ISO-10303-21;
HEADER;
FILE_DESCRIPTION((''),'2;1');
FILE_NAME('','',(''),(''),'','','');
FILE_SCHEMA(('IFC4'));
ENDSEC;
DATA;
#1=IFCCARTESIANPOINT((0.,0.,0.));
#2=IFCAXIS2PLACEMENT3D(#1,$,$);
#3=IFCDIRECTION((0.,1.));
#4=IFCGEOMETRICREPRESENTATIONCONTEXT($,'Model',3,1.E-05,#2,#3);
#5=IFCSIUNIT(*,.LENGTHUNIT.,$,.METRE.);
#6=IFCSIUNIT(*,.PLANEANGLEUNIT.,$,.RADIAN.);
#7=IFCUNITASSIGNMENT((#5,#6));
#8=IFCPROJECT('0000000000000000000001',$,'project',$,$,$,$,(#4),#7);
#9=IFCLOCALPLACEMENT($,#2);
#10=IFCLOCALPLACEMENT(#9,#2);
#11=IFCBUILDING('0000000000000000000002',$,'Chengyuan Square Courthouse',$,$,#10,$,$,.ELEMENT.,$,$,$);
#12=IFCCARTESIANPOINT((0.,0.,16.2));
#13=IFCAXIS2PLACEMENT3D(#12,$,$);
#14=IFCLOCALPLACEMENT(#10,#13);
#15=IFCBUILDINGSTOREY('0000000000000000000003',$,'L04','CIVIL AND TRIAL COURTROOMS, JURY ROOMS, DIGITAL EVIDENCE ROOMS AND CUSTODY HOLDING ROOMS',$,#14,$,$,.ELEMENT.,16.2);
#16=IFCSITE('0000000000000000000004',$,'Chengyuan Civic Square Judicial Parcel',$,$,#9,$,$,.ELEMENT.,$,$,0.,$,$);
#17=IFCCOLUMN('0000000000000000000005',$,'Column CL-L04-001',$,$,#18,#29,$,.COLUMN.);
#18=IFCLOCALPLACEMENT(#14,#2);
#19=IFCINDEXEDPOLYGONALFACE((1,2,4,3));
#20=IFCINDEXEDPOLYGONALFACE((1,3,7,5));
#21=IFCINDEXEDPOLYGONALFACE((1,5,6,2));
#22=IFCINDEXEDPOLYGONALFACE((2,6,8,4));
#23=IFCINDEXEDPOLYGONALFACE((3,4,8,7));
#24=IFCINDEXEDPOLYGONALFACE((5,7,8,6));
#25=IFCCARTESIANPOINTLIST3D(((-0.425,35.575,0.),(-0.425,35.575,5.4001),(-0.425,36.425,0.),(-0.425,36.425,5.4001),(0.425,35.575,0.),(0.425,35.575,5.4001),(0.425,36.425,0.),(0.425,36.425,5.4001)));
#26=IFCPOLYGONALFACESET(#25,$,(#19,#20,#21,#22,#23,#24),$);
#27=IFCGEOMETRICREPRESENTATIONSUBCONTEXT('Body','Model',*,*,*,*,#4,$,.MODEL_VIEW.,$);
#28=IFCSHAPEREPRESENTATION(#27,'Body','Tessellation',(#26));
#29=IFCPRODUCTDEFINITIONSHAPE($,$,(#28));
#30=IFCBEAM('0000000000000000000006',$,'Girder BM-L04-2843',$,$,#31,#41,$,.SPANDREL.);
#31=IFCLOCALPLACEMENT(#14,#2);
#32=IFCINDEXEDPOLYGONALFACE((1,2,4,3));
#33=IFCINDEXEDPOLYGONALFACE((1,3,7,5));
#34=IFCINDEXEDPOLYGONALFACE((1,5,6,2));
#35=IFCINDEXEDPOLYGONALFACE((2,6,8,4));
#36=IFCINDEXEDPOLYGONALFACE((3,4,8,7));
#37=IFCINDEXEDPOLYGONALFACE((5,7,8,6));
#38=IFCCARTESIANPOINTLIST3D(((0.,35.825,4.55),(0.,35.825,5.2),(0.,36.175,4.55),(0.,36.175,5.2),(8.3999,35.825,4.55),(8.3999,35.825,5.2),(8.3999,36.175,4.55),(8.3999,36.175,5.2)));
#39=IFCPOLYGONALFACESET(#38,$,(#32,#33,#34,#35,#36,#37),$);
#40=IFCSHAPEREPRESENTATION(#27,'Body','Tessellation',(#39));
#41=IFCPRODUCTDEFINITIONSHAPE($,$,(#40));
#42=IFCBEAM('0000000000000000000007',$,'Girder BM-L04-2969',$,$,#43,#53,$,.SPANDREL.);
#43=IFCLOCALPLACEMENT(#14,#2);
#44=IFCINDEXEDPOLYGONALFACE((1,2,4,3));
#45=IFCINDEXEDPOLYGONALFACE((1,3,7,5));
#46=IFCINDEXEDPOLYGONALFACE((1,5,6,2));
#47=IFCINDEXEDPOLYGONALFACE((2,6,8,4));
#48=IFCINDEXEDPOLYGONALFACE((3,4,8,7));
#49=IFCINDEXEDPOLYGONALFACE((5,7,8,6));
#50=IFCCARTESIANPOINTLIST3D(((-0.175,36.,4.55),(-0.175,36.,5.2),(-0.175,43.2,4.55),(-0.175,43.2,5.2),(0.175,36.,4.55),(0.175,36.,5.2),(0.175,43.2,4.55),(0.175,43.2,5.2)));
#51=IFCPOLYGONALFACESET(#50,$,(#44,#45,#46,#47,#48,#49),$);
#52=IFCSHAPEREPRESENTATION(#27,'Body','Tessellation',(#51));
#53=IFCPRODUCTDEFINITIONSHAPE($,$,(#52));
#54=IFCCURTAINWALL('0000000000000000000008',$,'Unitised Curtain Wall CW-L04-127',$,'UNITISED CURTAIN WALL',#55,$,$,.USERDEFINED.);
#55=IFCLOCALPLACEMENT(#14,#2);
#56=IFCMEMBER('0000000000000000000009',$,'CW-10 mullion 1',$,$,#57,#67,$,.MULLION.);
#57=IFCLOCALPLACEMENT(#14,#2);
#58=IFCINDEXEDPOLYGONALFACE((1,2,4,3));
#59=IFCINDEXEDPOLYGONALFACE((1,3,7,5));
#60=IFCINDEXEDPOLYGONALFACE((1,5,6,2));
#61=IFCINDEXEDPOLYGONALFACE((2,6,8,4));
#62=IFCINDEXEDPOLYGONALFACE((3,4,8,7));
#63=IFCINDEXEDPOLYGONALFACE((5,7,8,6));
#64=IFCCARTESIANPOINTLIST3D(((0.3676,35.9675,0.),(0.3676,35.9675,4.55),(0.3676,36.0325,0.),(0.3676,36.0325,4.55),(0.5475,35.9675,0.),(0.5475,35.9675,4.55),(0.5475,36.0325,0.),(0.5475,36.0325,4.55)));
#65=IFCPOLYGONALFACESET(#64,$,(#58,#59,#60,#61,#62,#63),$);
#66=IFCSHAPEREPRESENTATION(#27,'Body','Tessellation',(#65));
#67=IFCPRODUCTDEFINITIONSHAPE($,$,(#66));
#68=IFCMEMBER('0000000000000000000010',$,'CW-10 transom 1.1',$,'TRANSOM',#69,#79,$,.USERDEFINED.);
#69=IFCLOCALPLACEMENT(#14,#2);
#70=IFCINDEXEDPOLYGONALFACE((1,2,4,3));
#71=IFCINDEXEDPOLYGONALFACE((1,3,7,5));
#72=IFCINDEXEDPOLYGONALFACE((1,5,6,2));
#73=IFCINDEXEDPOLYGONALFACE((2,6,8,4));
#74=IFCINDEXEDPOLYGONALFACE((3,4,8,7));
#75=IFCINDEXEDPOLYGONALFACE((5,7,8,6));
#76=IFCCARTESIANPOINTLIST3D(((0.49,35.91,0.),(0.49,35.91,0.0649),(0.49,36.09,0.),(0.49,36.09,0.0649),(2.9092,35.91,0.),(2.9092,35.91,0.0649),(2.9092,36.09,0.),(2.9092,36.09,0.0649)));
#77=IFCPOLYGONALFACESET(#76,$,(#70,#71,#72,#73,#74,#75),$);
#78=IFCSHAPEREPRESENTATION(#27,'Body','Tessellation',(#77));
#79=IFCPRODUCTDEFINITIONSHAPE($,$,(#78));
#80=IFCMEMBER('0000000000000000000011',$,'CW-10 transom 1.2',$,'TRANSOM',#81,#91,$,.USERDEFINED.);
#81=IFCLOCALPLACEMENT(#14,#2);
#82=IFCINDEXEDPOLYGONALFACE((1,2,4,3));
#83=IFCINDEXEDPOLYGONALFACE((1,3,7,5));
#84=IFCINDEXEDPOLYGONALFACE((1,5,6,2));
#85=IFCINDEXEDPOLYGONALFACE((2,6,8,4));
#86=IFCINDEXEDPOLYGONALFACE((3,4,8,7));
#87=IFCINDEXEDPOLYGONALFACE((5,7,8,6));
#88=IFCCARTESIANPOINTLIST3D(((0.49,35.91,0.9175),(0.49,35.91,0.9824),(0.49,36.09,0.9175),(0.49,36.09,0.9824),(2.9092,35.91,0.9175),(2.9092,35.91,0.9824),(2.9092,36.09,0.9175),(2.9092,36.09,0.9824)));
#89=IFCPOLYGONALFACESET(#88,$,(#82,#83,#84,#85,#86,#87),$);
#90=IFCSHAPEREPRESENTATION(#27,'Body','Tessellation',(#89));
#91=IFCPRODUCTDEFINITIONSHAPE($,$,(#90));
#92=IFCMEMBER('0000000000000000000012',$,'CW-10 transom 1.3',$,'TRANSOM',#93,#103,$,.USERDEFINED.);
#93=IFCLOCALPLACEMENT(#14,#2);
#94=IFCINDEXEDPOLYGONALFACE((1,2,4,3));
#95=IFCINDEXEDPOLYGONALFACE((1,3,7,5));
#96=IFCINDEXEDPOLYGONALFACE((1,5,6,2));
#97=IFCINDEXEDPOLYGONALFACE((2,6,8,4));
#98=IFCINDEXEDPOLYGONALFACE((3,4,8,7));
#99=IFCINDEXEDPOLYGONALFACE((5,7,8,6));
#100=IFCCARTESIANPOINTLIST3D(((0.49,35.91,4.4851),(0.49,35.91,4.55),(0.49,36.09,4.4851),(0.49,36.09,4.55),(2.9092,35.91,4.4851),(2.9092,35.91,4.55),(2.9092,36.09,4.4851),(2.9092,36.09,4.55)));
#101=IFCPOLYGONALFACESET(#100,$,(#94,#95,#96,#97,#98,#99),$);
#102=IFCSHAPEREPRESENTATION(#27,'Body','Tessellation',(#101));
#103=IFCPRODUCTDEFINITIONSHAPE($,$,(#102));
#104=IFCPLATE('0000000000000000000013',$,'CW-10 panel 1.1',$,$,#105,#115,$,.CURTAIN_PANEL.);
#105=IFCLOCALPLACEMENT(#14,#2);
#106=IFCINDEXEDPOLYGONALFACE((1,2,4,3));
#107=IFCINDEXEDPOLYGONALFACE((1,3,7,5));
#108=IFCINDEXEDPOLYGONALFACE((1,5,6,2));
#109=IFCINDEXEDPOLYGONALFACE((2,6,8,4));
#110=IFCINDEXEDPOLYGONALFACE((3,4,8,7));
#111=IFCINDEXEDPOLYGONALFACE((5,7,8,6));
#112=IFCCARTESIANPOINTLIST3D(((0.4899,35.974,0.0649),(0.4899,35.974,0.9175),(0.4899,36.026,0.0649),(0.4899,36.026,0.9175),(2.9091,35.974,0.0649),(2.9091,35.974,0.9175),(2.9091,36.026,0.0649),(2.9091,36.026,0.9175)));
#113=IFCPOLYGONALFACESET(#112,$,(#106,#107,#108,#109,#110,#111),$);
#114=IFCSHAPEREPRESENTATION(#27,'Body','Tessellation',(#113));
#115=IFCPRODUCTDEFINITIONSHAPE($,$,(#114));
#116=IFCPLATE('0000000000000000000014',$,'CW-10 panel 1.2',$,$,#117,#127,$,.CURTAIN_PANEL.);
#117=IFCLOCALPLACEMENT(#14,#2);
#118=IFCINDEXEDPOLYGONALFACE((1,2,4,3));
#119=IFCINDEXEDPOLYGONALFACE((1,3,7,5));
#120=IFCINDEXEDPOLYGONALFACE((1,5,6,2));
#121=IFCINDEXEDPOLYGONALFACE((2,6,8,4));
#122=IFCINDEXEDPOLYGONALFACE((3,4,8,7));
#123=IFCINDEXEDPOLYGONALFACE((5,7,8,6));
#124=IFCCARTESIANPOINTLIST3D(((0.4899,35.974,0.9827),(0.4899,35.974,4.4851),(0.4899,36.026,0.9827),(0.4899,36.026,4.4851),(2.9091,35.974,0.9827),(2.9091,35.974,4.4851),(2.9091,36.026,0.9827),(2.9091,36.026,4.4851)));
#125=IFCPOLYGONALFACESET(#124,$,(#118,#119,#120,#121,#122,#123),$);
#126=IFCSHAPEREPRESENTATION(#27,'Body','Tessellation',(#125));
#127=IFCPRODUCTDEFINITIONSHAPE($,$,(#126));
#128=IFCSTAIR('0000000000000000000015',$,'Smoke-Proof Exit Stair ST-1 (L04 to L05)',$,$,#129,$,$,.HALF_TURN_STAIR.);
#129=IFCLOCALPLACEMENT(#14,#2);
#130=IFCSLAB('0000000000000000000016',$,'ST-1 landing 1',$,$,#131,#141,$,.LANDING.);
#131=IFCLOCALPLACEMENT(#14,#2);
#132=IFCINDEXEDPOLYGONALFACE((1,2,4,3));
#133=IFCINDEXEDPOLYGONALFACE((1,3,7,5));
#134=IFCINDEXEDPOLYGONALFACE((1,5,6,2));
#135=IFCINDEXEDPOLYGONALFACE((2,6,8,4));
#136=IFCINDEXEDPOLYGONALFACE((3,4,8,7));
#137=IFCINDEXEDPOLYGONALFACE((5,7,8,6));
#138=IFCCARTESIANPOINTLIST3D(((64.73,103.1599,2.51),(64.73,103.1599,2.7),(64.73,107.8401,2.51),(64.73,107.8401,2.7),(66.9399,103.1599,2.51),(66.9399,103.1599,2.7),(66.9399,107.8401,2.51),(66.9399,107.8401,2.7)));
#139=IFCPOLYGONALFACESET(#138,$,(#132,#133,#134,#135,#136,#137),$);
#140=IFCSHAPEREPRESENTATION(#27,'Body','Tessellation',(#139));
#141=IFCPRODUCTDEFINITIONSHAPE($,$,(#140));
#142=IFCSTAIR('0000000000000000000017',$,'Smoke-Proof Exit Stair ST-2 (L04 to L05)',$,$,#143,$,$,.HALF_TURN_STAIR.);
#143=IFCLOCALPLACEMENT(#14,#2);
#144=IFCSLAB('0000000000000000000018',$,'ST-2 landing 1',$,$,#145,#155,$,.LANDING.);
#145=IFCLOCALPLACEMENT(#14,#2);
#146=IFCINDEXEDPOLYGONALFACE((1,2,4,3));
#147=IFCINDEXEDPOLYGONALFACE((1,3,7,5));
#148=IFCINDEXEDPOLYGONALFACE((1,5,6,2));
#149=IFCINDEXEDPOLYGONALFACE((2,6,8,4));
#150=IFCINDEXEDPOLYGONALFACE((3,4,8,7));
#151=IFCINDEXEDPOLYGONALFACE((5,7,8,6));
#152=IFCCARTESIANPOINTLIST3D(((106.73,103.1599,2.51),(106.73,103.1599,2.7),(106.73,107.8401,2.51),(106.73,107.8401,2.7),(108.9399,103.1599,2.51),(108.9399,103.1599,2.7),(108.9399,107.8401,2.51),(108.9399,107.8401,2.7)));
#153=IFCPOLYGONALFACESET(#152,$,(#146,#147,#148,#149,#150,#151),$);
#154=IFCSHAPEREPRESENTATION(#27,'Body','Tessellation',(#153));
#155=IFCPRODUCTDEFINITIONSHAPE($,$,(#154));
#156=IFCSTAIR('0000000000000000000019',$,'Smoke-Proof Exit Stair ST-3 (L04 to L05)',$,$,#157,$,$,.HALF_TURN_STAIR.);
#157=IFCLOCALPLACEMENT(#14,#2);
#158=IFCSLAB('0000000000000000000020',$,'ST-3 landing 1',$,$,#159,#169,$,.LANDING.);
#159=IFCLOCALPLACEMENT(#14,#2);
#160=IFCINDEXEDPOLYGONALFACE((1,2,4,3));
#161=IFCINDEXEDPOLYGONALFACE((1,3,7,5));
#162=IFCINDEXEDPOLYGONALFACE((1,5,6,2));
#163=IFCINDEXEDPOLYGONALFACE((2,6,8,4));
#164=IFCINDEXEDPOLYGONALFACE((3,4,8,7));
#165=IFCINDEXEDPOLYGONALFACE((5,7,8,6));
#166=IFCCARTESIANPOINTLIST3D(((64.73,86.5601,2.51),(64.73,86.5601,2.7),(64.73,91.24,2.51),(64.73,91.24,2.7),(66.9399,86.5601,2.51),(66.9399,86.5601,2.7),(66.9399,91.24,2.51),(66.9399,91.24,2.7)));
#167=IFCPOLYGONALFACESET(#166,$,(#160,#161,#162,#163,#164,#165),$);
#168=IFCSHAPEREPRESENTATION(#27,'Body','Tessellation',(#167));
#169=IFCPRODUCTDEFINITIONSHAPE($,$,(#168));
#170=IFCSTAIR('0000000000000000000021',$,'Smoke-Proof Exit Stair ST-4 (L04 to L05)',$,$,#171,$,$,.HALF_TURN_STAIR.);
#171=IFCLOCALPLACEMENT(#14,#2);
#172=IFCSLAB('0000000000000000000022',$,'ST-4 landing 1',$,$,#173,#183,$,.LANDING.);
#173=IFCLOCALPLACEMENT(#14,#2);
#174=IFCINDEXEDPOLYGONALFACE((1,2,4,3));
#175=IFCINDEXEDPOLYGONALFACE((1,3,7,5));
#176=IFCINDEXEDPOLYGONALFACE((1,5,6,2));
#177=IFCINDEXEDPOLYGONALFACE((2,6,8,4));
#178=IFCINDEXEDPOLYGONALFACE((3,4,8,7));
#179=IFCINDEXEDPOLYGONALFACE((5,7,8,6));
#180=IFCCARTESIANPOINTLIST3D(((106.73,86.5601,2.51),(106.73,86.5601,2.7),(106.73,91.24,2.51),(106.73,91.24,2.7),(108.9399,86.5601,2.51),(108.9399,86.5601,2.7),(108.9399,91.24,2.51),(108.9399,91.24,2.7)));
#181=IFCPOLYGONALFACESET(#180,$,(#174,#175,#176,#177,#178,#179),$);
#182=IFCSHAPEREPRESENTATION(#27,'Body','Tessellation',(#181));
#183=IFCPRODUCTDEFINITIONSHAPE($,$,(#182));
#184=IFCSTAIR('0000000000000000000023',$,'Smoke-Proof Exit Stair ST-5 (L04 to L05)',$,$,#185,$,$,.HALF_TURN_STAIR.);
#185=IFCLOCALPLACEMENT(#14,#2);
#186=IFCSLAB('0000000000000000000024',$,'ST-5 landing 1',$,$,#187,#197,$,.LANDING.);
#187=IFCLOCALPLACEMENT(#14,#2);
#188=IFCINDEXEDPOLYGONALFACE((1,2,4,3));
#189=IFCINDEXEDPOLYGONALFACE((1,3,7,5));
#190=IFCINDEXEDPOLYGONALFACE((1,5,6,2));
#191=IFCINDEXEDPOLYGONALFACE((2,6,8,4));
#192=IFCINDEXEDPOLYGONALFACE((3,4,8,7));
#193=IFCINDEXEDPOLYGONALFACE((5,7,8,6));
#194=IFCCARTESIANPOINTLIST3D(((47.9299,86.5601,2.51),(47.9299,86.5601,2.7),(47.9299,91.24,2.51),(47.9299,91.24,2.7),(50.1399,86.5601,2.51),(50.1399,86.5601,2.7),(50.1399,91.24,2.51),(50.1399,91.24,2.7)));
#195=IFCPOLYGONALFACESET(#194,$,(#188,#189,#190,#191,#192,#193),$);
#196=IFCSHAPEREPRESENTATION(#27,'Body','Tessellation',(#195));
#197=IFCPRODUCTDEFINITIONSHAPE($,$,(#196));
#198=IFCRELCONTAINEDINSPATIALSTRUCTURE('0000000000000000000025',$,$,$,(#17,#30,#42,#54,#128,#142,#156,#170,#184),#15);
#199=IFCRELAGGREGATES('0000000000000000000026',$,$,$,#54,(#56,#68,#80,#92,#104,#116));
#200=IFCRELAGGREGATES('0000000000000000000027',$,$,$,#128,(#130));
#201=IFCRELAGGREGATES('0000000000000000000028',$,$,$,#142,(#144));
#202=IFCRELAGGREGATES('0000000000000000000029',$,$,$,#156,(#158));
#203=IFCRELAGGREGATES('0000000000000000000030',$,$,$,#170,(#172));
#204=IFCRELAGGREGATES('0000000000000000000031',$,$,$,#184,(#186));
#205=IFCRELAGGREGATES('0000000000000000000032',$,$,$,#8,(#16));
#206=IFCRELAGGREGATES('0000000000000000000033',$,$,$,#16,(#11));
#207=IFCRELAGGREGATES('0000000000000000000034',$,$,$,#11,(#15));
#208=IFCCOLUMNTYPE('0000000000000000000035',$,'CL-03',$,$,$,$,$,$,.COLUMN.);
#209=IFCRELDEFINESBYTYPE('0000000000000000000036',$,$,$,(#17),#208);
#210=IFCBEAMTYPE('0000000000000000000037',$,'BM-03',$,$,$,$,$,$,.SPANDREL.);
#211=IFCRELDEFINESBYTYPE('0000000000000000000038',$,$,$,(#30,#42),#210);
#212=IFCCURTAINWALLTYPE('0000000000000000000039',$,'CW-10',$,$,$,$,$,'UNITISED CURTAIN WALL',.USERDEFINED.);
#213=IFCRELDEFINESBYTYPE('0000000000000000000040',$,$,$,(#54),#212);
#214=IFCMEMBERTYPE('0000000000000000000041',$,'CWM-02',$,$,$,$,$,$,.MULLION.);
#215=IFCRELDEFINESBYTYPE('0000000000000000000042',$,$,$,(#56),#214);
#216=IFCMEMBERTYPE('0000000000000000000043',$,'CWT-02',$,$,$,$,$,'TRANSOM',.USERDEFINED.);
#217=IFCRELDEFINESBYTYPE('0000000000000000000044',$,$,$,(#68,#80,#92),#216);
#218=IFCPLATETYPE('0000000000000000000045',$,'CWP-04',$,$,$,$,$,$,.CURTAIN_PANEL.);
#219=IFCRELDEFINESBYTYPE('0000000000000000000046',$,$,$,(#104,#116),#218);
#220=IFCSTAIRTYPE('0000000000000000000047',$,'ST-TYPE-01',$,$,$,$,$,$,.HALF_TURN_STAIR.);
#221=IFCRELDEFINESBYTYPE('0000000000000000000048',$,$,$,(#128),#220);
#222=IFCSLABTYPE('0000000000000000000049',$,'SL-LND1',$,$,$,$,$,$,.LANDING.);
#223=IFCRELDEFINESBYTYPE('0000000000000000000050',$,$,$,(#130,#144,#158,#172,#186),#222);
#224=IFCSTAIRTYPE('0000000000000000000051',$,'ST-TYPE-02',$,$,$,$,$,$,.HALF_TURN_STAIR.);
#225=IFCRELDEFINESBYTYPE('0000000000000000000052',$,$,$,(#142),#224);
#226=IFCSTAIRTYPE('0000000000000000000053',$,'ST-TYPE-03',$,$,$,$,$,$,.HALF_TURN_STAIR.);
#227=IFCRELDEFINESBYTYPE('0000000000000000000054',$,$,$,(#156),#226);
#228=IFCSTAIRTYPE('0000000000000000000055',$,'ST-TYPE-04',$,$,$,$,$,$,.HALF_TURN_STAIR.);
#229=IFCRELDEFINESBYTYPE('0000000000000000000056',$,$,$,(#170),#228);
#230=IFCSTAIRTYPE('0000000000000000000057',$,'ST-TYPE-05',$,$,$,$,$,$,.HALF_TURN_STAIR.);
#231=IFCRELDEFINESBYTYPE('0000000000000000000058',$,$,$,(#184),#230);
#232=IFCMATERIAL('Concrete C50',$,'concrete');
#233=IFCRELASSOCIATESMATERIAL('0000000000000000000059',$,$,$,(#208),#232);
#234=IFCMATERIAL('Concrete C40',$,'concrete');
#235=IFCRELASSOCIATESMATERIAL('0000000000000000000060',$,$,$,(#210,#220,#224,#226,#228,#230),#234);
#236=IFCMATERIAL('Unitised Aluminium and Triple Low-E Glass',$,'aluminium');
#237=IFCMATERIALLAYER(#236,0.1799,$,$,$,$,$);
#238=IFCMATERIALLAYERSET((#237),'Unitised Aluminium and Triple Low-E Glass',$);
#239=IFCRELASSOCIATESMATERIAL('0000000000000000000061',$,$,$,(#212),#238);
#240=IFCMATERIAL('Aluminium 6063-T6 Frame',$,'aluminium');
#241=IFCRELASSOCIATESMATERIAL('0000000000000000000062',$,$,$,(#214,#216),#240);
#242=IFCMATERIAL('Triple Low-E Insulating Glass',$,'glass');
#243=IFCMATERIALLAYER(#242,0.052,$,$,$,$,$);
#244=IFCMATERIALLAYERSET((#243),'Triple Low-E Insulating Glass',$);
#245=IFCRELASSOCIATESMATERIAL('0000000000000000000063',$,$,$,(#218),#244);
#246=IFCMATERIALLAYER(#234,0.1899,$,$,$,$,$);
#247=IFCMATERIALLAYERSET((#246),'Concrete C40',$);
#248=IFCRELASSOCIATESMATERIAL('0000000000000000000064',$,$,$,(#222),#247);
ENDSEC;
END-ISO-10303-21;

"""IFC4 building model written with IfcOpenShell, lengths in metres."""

from ifc_helpers import new_model, si_unit, direction, frame, origin, origin_2d, place, context, subcontext, project, spatial, polyline, rectangle, outline, extrude, material, layer, layer_set, material_profile, profile_set, type_object, element, aggregate, save


model = new_model("IFC4")

# Units and contexts
model_context = context("Model", 3, precision=1e-05, world=origin(), true_north=direction((0.0, 1.0)))
body_context = subcontext(model_context, "Body", "Model", "MODEL_VIEW")
ifc_project = project(units=[si_unit("LENGTHUNIT", "METRE"), si_unit("PLANEANGLEUNIT", "RADIAN")], contexts=[model_context])

# Site, building, storey
site_placement = place(None, origin())
site = spatial("IfcSite", under=ifc_project, at=site_placement, Name="Chengyuan Civic Square Judicial Parcel", CompositionType="ELEMENT", RefElevation=0.0)
building_placement = place(site_placement, origin())
building = spatial("IfcBuilding", under=site, at=building_placement, Name="Chengyuan Square Courthouse", CompositionType="ELEMENT")
storey_placement = place(building_placement, frame((0.0, 0.0, 16.2)))
storey = spatial("IfcBuildingStorey", under=building, at=storey_placement, Name="L04", Description="CIVIL AND TRIAL COURTROOMS, JURY ROOMS, DIGITAL EVIDENCE ROOMS AND CUSTODY HOLDING ROOMS", CompositionType="ELEMENT", Elevation=16.2)

# Column
ifc_material_1 = material(Name="Concrete C50", Category="concrete")
ifc_material_profile_1 = material_profile(ifc_material_1, rectangle(XDim=0.8501, YDim=0.8501, at=origin_2d()), Name="RC-COL-850x850")
ifc_profile_set_1 = profile_set([ifc_material_profile_1], Name="Concrete C50")
column_type = type_object("IfcColumnType", Name="CL-03", PredefinedType="COLUMN", material=ifc_profile_set_1)
column_placement = place(storey_placement, frame((0.0, 36.0, 0.0), z_axis=(0.0, 0.0, 1.0), x_axis=(1.0, 0.0, 0.0)))
element("IfcColumn", 1, at=column_placement, inside=storey, type_object=column_type, Name="Column CL-L04-001", PredefinedType="COLUMN", context=body_context, shape_type="SweptSolid", body=[
    extrude(rectangle(XDim=0.8501, YDim=0.8501, at=origin_2d()), origin(), (0.0, 0.0, 1.0), 5.4001),
])

# Beams
ifc_material_2 = material(Name="Concrete C40", Category="concrete")
ifc_material_profile_2 = material_profile(ifc_material_2, rectangle(XDim=0.3501, YDim=0.6499, at=origin_2d()), Name="RC-BM-350x650")
ifc_profile_set_2 = profile_set([ifc_material_profile_2], Name="Concrete C40")
beam_type = type_object("IfcBeamType", Name="BM-03", PredefinedType="SPANDREL", material=ifc_profile_set_2)
beam_1_placement = place(storey_placement, frame((0.0, 36.0, 4.875), z_axis=(1.0, 0.0, 0.0), x_axis=(0.0, 1.0, 0.0)))
element("IfcBeam", 2, at=beam_1_placement, inside=storey, type_object=beam_type, Name="Girder BM-L04-2843", PredefinedType="SPANDREL", context=body_context, shape_type="SweptSolid", body=[
    extrude(rectangle(XDim=0.3501, YDim=0.6499, at=origin_2d()), origin(), (0.0, 0.0, 1.0), 8.3999),
])
beam_2_placement = place(storey_placement, frame((0.0, 36.0, 4.875), z_axis=(0.0, 1.0, 0.0), x_axis=(-1.0, 0.0, 0.0)))
element("IfcBeam", 3, at=beam_2_placement, inside=storey, type_object=beam_type, Name="Girder BM-L04-2969", PredefinedType="SPANDREL", context=body_context, shape_type="SweptSolid", body=[
    extrude(rectangle(XDim=0.3501, YDim=0.6499, at=origin_2d()), origin(), (0.0, 0.0, 1.0), 7.2),
])

# Curtain wall, members, plates
ifc_material_3 = material(Name="Unitised Aluminium and Triple Low-E Glass", Category="aluminium")
ifc_layer_1 = layer(ifc_material_3, 0.1799)
ifc_layer_set_1 = layer_set([ifc_layer_1], Name="Unitised Aluminium and Triple Low-E Glass")
curtain_wall_type = type_object("IfcCurtainWallType", Name="CW-10", ElementType="UNITISED CURTAIN WALL", PredefinedType="USERDEFINED", material=ifc_layer_set_1)
curtain_wall_placement = place(storey_placement, origin())
curtain_wall = element("IfcCurtainWall", 4, at=curtain_wall_placement, inside=storey, type_object=curtain_wall_type, Name="Unitised Curtain Wall CW-L04-127", ObjectType="UNITISED CURTAIN WALL", PredefinedType="USERDEFINED")
ifc_material_4 = material(Name="Aluminium 6063-T6 Frame", Category="aluminium")
ifc_material_profile_3 = material_profile(ifc_material_4, rectangle(XDim=0.0649, YDim=0.1799, at=origin_2d()), Name="CW-MUL-65x180")
ifc_profile_set_3 = profile_set([ifc_material_profile_3], Name="Aluminium 6063-T6 Frame")
member_type_1 = type_object("IfcMemberType", Name="CWM-02", PredefinedType="MULLION", material=ifc_profile_set_3)
member_1_placement = place(storey_placement, frame((0.4575, 36.0, 0.0), z_axis=(0.0, 0.0, 1.0), x_axis=(0.0, 1.0, 0.0)))
member_1 = element("IfcMember", 5, at=member_1_placement, type_object=member_type_1, Name="CW-10 mullion 1", PredefinedType="MULLION", context=body_context, shape_type="SweptSolid", body=[
    extrude(rectangle(XDim=0.0649, YDim=0.1799, at=origin_2d()), origin(), (0.0, 0.0, 1.0), 4.55),
])
ifc_material_profile_4 = material_profile(ifc_material_4, rectangle(XDim=0.1799, YDim=0.0649, at=origin_2d()), Name="CW-TRN-65x140")
ifc_profile_set_4 = profile_set([ifc_material_profile_4], Name="Aluminium 6063-T6 Frame")
member_type_2 = type_object("IfcMemberType", Name="CWT-02", ElementType="TRANSOM", PredefinedType="USERDEFINED", material=ifc_profile_set_4)
member_2_placement = place(storey_placement, frame((0.49, 36.0, 0.0325), z_axis=(1.0, 0.0, 0.0), x_axis=(0.0, 1.0, 0.0)))
member_2 = element("IfcMember", 6, at=member_2_placement, type_object=member_type_2, Name="CW-10 transom 1.1", ObjectType="TRANSOM", PredefinedType="USERDEFINED", context=body_context, shape_type="SweptSolid", body=[
    extrude(rectangle(XDim=0.1799, YDim=0.0649, at=origin_2d()), origin(), (0.0, 0.0, 1.0), 2.4192),
])
member_3_placement = place(storey_placement, frame((0.49, 36.0, 0.95), z_axis=(1.0, 0.0, 0.0), x_axis=(0.0, 1.0, 0.0)))
member_3 = element("IfcMember", 7, at=member_3_placement, type_object=member_type_2, Name="CW-10 transom 1.2", ObjectType="TRANSOM", PredefinedType="USERDEFINED", context=body_context, shape_type="SweptSolid", body=[
    extrude(rectangle(XDim=0.1799, YDim=0.0649, at=origin_2d()), origin(), (0.0, 0.0, 1.0), 2.4192),
])
member_4_placement = place(storey_placement, frame((0.49, 36.0, 4.5176), z_axis=(1.0, 0.0, 0.0), x_axis=(0.0, 1.0, 0.0)))
member_4 = element("IfcMember", 8, at=member_4_placement, type_object=member_type_2, Name="CW-10 transom 1.3", ObjectType="TRANSOM", PredefinedType="USERDEFINED", context=body_context, shape_type="SweptSolid", body=[
    extrude(rectangle(XDim=0.1799, YDim=0.0649, at=origin_2d()), origin(), (0.0, 0.0, 1.0), 2.4192),
])
ifc_material_5 = material(Name="Triple Low-E Insulating Glass", Category="glass")
ifc_layer_2 = layer(ifc_material_5, 0.052)
ifc_layer_set_2 = layer_set([ifc_layer_2], Name="Triple Low-E Insulating Glass")
plate_type = type_object("IfcPlateType", Name="CWP-04", PredefinedType="CURTAIN_PANEL", material=ifc_layer_set_2)
plate_1_placement = place(storey_placement, frame((1.6995, 36.0, 0.0649), z_axis=(0.0, 0.0, 1.0), x_axis=(1.0, 0.0, 0.0)))
plate_1 = element("IfcPlate", 9, at=plate_1_placement, type_object=plate_type, Name="CW-10 panel 1.1", PredefinedType="CURTAIN_PANEL", context=body_context, shape_type="SweptSolid", body=[
    extrude(rectangle(XDim=2.4192, YDim=0.052, at=origin_2d()), origin(), (0.0, 0.0, 1.0), 0.8525),
])
plate_2_placement = place(storey_placement, frame((1.6995, 36.0, 0.9827), z_axis=(0.0, 0.0, 1.0), x_axis=(1.0, 0.0, 0.0)))
plate_2 = element("IfcPlate", 10, at=plate_2_placement, type_object=plate_type, Name="CW-10 panel 1.2", PredefinedType="CURTAIN_PANEL", context=body_context, shape_type="SweptSolid", body=[
    extrude(rectangle(XDim=2.4192, YDim=0.052, at=origin_2d()), origin(), (0.0, 0.0, 1.0), 3.5024),
])
aggregate(curtain_wall, [member_1, member_2, member_3, member_4, plate_1, plate_2])

# Stairs, slabs
stair_type_1 = type_object("IfcStairType", Name="ST-TYPE-01", PredefinedType="HALF_TURN_STAIR", material=ifc_material_2)
stair_1_placement = place(storey_placement, origin())
stair_1 = element("IfcStair", 11, at=stair_1_placement, inside=storey, type_object=stair_type_1, Name="Smoke-Proof Exit Stair ST-1 (L04 to L05)", PredefinedType="HALF_TURN_STAIR")
ifc_layer_3 = layer(ifc_material_2, 0.1899)
ifc_layer_set_3 = layer_set([ifc_layer_3], Name="Concrete C40")
slab_type_1 = type_object("IfcSlabType", Name="SL-LND1", PredefinedType="LANDING", material=ifc_layer_set_3)
slab_1_placement = place(storey_placement, frame((0.0, 0.0, 2.51)))
slab_1 = element("IfcSlab", 12, at=slab_1_placement, type_object=slab_type_1, Name="ST-1 landing 1", PredefinedType="LANDING", context=body_context, shape_type="SweptSolid", body=[
    extrude(outline(polyline([(64.73, 103.1599), (66.9399, 103.1599), (66.9399, 107.8401), (64.73, 107.8401), (64.73, 103.1599)])), origin(), (0.0, 0.0, 1.0), 0.1899),
])
aggregate(stair_1, [slab_1])
stair_type_2 = type_object("IfcStairType", Name="ST-TYPE-02", PredefinedType="HALF_TURN_STAIR", material=ifc_material_2)
stair_2_placement = place(storey_placement, origin())
stair_2 = element("IfcStair", 13, at=stair_2_placement, inside=storey, type_object=stair_type_2, Name="Smoke-Proof Exit Stair ST-2 (L04 to L05)", PredefinedType="HALF_TURN_STAIR")
slab_2_placement = place(storey_placement, frame((0.0, 0.0, 2.51)))
slab_2 = element("IfcSlab", 14, at=slab_2_placement, type_object=slab_type_1, Name="ST-2 landing 1", PredefinedType="LANDING", context=body_context, shape_type="SweptSolid", body=[
    extrude(outline(polyline([(106.73, 103.1599), (108.9399, 103.1599), (108.9399, 107.8401), (106.73, 107.8401), (106.73, 103.1599)])), origin(), (0.0, 0.0, 1.0), 0.1899),
])
aggregate(stair_2, [slab_2])
stair_type_3 = type_object("IfcStairType", Name="ST-TYPE-03", PredefinedType="HALF_TURN_STAIR", material=ifc_material_2)
stair_3_placement = place(storey_placement, origin())
stair_3 = element("IfcStair", 15, at=stair_3_placement, inside=storey, type_object=stair_type_3, Name="Smoke-Proof Exit Stair ST-3 (L04 to L05)", PredefinedType="HALF_TURN_STAIR")
slab_3_placement = place(storey_placement, frame((0.0, 0.0, 2.51)))
slab_3 = element("IfcSlab", 16, at=slab_3_placement, type_object=slab_type_1, Name="ST-3 landing 1", PredefinedType="LANDING", context=body_context, shape_type="SweptSolid", body=[
    extrude(outline(polyline([(64.73, 86.5601), (66.9399, 86.5601), (66.9399, 91.24), (64.73, 91.24), (64.73, 86.5601)])), origin(), (0.0, 0.0, 1.0), 0.1899),
])
aggregate(stair_3, [slab_3])
stair_type_4 = type_object("IfcStairType", Name="ST-TYPE-04", PredefinedType="HALF_TURN_STAIR", material=ifc_material_2)
stair_4_placement = place(storey_placement, origin())
stair_4 = element("IfcStair", 17, at=stair_4_placement, inside=storey, type_object=stair_type_4, Name="Smoke-Proof Exit Stair ST-4 (L04 to L05)", PredefinedType="HALF_TURN_STAIR")
slab_4_placement = place(storey_placement, frame((0.0, 0.0, 2.51)))
slab_4 = element("IfcSlab", 18, at=slab_4_placement, type_object=slab_type_1, Name="ST-4 landing 1", PredefinedType="LANDING", context=body_context, shape_type="SweptSolid", body=[
    extrude(outline(polyline([(106.73, 86.5601), (108.9399, 86.5601), (108.9399, 91.24), (106.73, 91.24), (106.73, 86.5601)])), origin(), (0.0, 0.0, 1.0), 0.1899),
])
aggregate(stair_4, [slab_4])
stair_type_5 = type_object("IfcStairType", Name="ST-TYPE-05", PredefinedType="HALF_TURN_STAIR", material=ifc_material_2)
stair_5_placement = place(storey_placement, origin())
stair_5 = element("IfcStair", 19, at=stair_5_placement, inside=storey, type_object=stair_type_5, Name="Smoke-Proof Exit Stair ST-5 (L04 to L05)", PredefinedType="HALF_TURN_STAIR")
slab_5_placement = place(storey_placement, frame((0.0, 0.0, 2.51)))
slab_5 = element("IfcSlab", 20, at=slab_5_placement, type_object=slab_type_1, Name="ST-5 landing 1", PredefinedType="LANDING", context=body_context, shape_type="SweptSolid", body=[
    extrude(outline(polyline([(47.9299, 86.5601), (50.1399, 86.5601), (50.1399, 91.24), (47.9299, 91.24), (47.9299, 86.5601)])), origin(), (0.0, 0.0, 1.0), 0.1899),
])
aggregate(stair_5, [slab_5])

save(model, "model.ifc")
